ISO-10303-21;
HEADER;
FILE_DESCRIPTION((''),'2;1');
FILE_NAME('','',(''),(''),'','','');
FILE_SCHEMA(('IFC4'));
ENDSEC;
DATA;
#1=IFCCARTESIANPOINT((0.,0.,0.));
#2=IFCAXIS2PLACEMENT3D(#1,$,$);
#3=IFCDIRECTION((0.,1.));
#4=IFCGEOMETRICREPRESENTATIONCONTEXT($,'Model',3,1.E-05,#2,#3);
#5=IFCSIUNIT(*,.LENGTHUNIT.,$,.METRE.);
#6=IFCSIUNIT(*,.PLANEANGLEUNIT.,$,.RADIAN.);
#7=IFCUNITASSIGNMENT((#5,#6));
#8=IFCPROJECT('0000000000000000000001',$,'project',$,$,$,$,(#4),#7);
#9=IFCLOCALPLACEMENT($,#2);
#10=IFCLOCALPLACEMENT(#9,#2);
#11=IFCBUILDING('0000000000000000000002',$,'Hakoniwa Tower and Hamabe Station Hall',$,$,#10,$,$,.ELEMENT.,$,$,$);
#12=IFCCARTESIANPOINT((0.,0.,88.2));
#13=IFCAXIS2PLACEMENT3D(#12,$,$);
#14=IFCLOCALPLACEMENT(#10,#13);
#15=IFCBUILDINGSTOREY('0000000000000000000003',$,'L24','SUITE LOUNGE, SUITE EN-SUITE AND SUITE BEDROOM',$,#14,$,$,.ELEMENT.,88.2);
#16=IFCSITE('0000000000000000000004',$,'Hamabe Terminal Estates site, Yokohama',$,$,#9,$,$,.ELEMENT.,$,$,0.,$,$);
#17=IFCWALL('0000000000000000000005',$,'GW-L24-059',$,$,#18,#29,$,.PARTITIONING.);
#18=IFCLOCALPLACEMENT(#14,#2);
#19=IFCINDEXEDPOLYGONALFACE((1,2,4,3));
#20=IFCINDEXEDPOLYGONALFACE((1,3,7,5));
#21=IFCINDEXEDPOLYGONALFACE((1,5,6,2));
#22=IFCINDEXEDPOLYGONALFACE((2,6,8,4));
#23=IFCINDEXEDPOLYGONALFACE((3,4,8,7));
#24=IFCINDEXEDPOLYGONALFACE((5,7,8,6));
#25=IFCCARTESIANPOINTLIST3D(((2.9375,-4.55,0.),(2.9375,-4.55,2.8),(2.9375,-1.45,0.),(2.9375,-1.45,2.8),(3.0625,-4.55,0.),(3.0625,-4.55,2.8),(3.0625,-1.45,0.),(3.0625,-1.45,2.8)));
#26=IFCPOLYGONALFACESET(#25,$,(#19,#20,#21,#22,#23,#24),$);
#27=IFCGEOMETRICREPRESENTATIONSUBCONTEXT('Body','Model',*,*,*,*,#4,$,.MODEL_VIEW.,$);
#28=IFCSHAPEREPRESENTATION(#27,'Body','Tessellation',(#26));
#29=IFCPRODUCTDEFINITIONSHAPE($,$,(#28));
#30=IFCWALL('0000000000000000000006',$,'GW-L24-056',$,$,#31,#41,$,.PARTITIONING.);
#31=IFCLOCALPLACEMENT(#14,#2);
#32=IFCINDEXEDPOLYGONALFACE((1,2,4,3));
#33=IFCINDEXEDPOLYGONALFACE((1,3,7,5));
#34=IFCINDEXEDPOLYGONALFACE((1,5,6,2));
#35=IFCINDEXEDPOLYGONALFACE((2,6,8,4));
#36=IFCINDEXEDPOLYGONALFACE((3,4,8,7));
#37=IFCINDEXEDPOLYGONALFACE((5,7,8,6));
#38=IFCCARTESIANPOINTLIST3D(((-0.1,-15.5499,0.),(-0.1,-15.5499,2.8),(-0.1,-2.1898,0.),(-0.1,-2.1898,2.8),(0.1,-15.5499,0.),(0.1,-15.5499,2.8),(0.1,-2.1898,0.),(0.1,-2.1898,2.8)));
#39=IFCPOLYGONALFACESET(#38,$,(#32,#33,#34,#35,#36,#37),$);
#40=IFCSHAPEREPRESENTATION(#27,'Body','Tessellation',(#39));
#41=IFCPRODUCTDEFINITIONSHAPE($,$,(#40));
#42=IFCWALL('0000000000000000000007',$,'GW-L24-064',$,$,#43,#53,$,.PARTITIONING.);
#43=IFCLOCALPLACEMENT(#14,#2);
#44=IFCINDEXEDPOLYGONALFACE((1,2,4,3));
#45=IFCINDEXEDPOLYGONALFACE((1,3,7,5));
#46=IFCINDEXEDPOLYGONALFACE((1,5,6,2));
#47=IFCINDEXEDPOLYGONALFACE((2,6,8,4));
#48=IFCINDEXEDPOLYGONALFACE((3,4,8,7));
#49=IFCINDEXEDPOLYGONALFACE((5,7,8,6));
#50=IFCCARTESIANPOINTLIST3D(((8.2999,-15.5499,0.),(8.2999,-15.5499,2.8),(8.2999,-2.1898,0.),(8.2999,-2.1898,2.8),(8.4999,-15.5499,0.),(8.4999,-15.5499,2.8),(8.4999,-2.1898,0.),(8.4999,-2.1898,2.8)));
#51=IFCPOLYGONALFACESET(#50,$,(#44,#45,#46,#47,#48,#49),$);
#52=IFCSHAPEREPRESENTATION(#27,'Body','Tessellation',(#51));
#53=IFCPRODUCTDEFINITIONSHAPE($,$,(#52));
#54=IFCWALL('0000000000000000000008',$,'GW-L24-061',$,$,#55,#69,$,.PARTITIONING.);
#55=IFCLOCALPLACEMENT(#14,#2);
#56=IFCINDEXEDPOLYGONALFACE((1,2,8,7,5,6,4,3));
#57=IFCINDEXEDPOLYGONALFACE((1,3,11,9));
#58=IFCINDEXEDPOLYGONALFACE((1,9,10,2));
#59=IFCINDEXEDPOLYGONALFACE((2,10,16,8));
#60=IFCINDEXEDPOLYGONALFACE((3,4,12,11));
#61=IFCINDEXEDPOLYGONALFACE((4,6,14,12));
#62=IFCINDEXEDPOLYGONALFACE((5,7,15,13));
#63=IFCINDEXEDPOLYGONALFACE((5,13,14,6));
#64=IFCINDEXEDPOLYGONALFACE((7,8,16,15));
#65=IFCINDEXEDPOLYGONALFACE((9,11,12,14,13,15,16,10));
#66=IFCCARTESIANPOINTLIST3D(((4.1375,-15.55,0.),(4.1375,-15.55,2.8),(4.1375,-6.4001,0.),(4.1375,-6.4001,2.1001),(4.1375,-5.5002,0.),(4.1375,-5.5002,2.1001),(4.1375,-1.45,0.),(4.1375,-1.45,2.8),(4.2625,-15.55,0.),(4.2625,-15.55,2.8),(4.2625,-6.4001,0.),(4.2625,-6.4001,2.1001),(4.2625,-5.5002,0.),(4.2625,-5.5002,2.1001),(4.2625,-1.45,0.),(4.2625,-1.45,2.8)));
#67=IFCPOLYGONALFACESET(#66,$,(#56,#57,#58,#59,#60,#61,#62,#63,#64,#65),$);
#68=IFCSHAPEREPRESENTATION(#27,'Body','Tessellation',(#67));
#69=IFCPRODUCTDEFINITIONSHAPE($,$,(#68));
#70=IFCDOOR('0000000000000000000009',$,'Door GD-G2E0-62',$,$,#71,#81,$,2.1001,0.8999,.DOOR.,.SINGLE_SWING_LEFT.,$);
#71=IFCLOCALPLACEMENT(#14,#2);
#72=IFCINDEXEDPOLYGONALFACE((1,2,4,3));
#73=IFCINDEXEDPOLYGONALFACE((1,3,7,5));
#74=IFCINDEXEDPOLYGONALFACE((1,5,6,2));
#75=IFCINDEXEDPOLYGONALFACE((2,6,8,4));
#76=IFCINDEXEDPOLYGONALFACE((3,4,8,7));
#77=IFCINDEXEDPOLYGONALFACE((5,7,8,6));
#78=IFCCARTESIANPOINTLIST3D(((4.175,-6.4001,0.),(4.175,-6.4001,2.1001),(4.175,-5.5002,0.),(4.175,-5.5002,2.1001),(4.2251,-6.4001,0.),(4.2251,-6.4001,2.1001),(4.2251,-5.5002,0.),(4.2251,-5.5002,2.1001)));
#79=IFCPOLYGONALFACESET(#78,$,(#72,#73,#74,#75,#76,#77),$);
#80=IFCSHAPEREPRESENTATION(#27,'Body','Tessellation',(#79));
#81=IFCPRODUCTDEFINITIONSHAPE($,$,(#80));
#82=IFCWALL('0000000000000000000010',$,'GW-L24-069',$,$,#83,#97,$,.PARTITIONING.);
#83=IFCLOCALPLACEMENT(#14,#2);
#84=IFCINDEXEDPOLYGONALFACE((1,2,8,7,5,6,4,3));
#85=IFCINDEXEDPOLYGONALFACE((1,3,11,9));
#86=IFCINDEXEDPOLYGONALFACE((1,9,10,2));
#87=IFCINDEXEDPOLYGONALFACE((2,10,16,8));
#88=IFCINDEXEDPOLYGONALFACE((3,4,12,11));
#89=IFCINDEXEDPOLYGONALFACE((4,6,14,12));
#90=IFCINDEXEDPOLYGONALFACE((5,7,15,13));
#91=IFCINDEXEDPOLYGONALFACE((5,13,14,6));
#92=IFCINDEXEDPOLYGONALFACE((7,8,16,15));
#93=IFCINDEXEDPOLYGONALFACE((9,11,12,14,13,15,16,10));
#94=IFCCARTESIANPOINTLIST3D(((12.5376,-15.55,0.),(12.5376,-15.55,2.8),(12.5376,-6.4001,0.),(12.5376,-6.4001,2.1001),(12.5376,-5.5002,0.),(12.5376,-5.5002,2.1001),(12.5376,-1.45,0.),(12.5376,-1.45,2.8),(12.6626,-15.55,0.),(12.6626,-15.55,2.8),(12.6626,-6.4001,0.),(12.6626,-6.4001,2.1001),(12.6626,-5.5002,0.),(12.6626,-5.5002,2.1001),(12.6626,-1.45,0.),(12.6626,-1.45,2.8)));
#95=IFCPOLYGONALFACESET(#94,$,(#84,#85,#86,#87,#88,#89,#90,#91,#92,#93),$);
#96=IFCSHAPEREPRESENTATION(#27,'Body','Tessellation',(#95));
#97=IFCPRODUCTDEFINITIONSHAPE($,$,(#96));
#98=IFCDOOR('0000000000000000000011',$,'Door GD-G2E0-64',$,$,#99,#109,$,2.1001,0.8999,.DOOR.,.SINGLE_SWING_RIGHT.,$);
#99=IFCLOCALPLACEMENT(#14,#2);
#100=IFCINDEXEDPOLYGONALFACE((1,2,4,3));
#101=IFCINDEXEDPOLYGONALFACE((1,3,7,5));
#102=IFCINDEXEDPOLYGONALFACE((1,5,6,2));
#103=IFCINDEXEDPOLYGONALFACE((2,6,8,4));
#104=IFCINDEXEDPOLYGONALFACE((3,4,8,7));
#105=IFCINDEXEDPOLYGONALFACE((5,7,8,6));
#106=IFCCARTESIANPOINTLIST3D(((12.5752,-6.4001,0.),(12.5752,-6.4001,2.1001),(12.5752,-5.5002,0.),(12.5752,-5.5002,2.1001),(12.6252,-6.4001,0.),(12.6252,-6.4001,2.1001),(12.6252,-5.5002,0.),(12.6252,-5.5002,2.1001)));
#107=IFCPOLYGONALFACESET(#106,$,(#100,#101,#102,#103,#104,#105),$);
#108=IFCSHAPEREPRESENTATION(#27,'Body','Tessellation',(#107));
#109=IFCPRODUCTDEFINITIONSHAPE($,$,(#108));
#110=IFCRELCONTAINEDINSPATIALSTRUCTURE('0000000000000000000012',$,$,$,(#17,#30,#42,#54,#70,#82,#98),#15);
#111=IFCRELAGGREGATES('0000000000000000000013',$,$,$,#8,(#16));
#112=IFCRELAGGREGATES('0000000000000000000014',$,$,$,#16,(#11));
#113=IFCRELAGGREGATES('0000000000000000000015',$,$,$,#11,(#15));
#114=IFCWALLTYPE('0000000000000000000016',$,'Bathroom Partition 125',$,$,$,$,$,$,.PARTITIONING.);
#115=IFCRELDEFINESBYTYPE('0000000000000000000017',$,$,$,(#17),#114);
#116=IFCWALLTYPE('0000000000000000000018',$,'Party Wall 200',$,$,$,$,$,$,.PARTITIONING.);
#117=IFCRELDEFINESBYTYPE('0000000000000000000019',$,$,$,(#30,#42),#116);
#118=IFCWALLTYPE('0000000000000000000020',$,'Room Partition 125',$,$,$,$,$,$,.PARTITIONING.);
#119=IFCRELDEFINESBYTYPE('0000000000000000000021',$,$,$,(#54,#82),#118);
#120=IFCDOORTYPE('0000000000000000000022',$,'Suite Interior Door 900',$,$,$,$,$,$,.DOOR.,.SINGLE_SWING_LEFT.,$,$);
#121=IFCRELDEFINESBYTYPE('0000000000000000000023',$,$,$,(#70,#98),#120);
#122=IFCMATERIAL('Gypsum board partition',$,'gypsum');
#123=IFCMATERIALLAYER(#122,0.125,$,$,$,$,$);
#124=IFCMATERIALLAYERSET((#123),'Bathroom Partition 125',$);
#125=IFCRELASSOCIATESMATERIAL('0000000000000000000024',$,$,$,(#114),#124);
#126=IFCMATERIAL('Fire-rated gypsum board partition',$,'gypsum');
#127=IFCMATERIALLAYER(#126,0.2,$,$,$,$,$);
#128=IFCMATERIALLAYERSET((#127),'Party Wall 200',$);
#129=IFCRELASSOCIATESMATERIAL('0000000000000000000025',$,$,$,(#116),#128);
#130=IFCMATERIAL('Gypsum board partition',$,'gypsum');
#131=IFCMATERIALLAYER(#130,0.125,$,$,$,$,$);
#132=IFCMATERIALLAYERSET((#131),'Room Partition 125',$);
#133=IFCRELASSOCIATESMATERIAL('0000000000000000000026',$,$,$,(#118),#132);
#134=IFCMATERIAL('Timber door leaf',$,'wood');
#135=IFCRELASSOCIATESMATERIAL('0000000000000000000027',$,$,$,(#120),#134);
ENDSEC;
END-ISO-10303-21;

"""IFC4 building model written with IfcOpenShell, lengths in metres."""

from ifc_helpers import new_model, si_unit, direction, frame, frame_2d, origin, place, context, subcontext, project, spatial, rectangle, extrude, material, layer, layer_set, type_object, element, fill, save


model = new_model("IFC4")

# Units and contexts
model_context = context("Model", 3, precision=1e-05, world=origin(), true_north=direction((0.0, 1.0)))
body_context = subcontext(model_context, "Body", "Model", "MODEL_VIEW")
ifc_project = project(units=[si_unit("LENGTHUNIT", "METRE"), si_unit("PLANEANGLEUNIT", "RADIAN")], contexts=[model_context])

# Site, building, storey
site_placement = place(None, origin())
site = spatial("IfcSite", under=ifc_project, at=site_placement, Name="Hamabe Terminal Estates site, Yokohama", CompositionType="ELEMENT", RefElevation=0.0)
building_placement = place(site_placement, origin())
building = spatial("IfcBuilding", under=site, at=building_placement, Name="Hakoniwa Tower and Hamabe Station Hall", CompositionType="ELEMENT")
storey_placement = place(building_placement, frame((0.0, 0.0, 88.2)))
storey = spatial("IfcBuildingStorey", under=building, at=storey_placement, Name="L24", Description="SUITE LOUNGE, SUITE EN-SUITE AND SUITE BEDROOM", CompositionType="ELEMENT", Elevation=88.2)

# Shared definitions
ifc_material_1 = material(Name="Gypsum board partition", Category="gypsum")
ifc_layer_1 = layer(ifc_material_1, 0.125)
ifc_layer_set_1 = layer_set([ifc_layer_1], Name="Bathroom Partition 125")
wall_type_1 = type_object("IfcWallType", Name="Bathroom Partition 125", PredefinedType="PARTITIONING", material=ifc_layer_set_1)

# Walls
wall_1_placement = place(storey_placement, frame((3.0, -4.55, 0.0), z_axis=(0.0, 0.0, 1.0), x_axis=(0.0, 1.0, 0.0)))
element("IfcWall", 1, at=wall_1_placement, inside=storey, type_object=wall_type_1, Name="GW-L24-059", PredefinedType="PARTITIONING", context=body_context, shape_type="SweptSolid", body=[
    extrude(rectangle(XDim=3.1001, YDim=0.125, at=frame_2d((1.55, 0.0))), origin(), (0.0, 0.0, 1.0), 2.8),
])
ifc_material_2 = material(Name="Fire-rated gypsum board partition", Category="gypsum")
ifc_layer_2 = layer(ifc_material_2, 0.2)
ifc_layer_set_2 = layer_set([ifc_layer_2], Name="Party Wall 200")
wall_type_2 = type_object("IfcWallType", Name="Party Wall 200", PredefinedType="PARTITIONING", material=ifc_layer_set_2)
for number, where, z_axis, x_axis, name in (
    (2, (0.0, -15.55, 0.0), (0.0, 0.0, 1.0), (0.0, 1.0, 0.0), "GW-L24-056"),
    (3, (8.3999, -15.55, 0.0), (0.0, 0.0, 1.0), (0.0, 1.0, 0.0), "GW-L24-064"),
):
    element("IfcWall", number, at=place(storey_placement, frame(where, z_axis=z_axis, x_axis=x_axis)), inside=storey, type_object=wall_type_2, Name=name, PredefinedType="PARTITIONING", context=body_context, shape_type="SweptSolid", body=[
        extrude(rectangle(XDim=13.3601, YDim=0.2, at=frame_2d((6.6802, 0.0))), origin(), (0.0, 0.0, 1.0), 2.8),
    ])

# Walls, openings, doors
ifc_material_3 = material(Name="Gypsum board partition", Category="gypsum")
ifc_layer_3 = layer(ifc_material_3, 0.125)
ifc_layer_set_3 = layer_set([ifc_layer_3], Name="Room Partition 125")
wall_type_3 = type_object("IfcWallType", Name="Room Partition 125", PredefinedType="PARTITIONING", material=ifc_layer_set_3)
wall_2_placement = place(storey_placement, frame((4.2, -15.55, 0.0), z_axis=(0.0, 0.0, 1.0), x_axis=(0.0, 1.0, 0.0)))
wall_2 = element("IfcWall", 4, at=wall_2_placement, inside=storey, type_object=wall_type_3, Name="GW-L24-061", PredefinedType="PARTITIONING", context=body_context, shape_type="SweptSolid", body=[
    extrude(rectangle(XDim=14.1001, YDim=0.125, at=frame_2d((7.05, 0.0))), origin(), (0.0, 0.0, 1.0), 2.8),
])
opening_1_placement = place(wall_2_placement, frame((9.1499, 0.0, 0.0)))
opening_1 = element("IfcOpeningElement", 5, at=opening_1_placement, cuts=wall_2, PredefinedType="OPENING", context=body_context, shape_type="SweptSolid", body=[
    extrude(rectangle(XDim=0.8999, YDim=2.1001, at=frame_2d((0.45, 1.05))), frame((0.0, 0.0725, 0.0), z_axis=(0.0, -1.0, 0.0), x_axis=(1.0, 0.0, 0.0)), (0.0, 0.0, 1.0), 0.145),
])
ifc_material_4 = material(Name="Timber door leaf", Category="wood")
door_type_1 = type_object("IfcDoorType", Name="Suite Interior Door 900", OperationType="SINGLE_SWING_LEFT", PredefinedType="DOOR", material=ifc_material_4)
door_1_placement = place(opening_1_placement, origin())
door_1 = element("IfcDoor", 6, at=door_1_placement, inside=storey, type_object=door_type_1, Name="Door GD-G2E0-62", OperationType="SINGLE_SWING_LEFT", OverallHeight=2.1001, OverallWidth=0.8999, PredefinedType="DOOR", context=body_context, shape_type="SweptSolid", body=[
    extrude(rectangle(XDim=0.8999, YDim=2.1001, at=frame_2d((0.45, 1.05))), frame((0.0, 0.0249, 0.0), z_axis=(0.0, -1.0, 0.0), x_axis=(1.0, 0.0, 0.0)), (0.0, 0.0, 1.0), 0.05),
])
fill(opening_1, door_1)
wall_3_placement = place(storey_placement, frame((12.6001, -15.55, 0.0), z_axis=(0.0, 0.0, 1.0), x_axis=(0.0, 1.0, 0.0)))
wall_3 = element("IfcWall", 7, at=wall_3_placement, inside=storey, type_object=wall_type_3, Name="GW-L24-069", PredefinedType="PARTITIONING", context=body_context, shape_type="SweptSolid", body=[
    extrude(rectangle(XDim=14.1001, YDim=0.125, at=frame_2d((7.05, 0.0))), origin(), (0.0, 0.0, 1.0), 2.8),
])
opening_2_placement = place(wall_3_placement, frame((9.1499, 0.0, 0.0)))
opening_2 = element("IfcOpeningElement", 8, at=opening_2_placement, cuts=wall_3, PredefinedType="OPENING", context=body_context, shape_type="SweptSolid", body=[
    extrude(rectangle(XDim=0.8999, YDim=2.1001, at=frame_2d((0.45, 1.05))), frame((0.0, 0.0725, 0.0), z_axis=(0.0, -1.0, 0.0), x_axis=(1.0, 0.0, 0.0)), (0.0, 0.0, 1.0), 0.145),
])
door_2_placement = place(opening_2_placement, origin())
door_2 = element("IfcDoor", 9, at=door_2_placement, inside=storey, type_object=door_type_1, Name="Door GD-G2E0-64", OperationType="SINGLE_SWING_RIGHT", OverallHeight=2.1001, OverallWidth=0.8999, PredefinedType="DOOR", context=body_context, shape_type="SweptSolid", body=[
    extrude(rectangle(XDim=0.8999, YDim=2.1001, at=frame_2d((0.45, 1.05))), frame((0.0, 0.0249, 0.0), z_axis=(0.0, -1.0, 0.0), x_axis=(1.0, 0.0, 0.0)), (0.0, 0.0, 1.0), 0.05),
])
fill(opening_2, door_2)

save(model, "model.ifc")
